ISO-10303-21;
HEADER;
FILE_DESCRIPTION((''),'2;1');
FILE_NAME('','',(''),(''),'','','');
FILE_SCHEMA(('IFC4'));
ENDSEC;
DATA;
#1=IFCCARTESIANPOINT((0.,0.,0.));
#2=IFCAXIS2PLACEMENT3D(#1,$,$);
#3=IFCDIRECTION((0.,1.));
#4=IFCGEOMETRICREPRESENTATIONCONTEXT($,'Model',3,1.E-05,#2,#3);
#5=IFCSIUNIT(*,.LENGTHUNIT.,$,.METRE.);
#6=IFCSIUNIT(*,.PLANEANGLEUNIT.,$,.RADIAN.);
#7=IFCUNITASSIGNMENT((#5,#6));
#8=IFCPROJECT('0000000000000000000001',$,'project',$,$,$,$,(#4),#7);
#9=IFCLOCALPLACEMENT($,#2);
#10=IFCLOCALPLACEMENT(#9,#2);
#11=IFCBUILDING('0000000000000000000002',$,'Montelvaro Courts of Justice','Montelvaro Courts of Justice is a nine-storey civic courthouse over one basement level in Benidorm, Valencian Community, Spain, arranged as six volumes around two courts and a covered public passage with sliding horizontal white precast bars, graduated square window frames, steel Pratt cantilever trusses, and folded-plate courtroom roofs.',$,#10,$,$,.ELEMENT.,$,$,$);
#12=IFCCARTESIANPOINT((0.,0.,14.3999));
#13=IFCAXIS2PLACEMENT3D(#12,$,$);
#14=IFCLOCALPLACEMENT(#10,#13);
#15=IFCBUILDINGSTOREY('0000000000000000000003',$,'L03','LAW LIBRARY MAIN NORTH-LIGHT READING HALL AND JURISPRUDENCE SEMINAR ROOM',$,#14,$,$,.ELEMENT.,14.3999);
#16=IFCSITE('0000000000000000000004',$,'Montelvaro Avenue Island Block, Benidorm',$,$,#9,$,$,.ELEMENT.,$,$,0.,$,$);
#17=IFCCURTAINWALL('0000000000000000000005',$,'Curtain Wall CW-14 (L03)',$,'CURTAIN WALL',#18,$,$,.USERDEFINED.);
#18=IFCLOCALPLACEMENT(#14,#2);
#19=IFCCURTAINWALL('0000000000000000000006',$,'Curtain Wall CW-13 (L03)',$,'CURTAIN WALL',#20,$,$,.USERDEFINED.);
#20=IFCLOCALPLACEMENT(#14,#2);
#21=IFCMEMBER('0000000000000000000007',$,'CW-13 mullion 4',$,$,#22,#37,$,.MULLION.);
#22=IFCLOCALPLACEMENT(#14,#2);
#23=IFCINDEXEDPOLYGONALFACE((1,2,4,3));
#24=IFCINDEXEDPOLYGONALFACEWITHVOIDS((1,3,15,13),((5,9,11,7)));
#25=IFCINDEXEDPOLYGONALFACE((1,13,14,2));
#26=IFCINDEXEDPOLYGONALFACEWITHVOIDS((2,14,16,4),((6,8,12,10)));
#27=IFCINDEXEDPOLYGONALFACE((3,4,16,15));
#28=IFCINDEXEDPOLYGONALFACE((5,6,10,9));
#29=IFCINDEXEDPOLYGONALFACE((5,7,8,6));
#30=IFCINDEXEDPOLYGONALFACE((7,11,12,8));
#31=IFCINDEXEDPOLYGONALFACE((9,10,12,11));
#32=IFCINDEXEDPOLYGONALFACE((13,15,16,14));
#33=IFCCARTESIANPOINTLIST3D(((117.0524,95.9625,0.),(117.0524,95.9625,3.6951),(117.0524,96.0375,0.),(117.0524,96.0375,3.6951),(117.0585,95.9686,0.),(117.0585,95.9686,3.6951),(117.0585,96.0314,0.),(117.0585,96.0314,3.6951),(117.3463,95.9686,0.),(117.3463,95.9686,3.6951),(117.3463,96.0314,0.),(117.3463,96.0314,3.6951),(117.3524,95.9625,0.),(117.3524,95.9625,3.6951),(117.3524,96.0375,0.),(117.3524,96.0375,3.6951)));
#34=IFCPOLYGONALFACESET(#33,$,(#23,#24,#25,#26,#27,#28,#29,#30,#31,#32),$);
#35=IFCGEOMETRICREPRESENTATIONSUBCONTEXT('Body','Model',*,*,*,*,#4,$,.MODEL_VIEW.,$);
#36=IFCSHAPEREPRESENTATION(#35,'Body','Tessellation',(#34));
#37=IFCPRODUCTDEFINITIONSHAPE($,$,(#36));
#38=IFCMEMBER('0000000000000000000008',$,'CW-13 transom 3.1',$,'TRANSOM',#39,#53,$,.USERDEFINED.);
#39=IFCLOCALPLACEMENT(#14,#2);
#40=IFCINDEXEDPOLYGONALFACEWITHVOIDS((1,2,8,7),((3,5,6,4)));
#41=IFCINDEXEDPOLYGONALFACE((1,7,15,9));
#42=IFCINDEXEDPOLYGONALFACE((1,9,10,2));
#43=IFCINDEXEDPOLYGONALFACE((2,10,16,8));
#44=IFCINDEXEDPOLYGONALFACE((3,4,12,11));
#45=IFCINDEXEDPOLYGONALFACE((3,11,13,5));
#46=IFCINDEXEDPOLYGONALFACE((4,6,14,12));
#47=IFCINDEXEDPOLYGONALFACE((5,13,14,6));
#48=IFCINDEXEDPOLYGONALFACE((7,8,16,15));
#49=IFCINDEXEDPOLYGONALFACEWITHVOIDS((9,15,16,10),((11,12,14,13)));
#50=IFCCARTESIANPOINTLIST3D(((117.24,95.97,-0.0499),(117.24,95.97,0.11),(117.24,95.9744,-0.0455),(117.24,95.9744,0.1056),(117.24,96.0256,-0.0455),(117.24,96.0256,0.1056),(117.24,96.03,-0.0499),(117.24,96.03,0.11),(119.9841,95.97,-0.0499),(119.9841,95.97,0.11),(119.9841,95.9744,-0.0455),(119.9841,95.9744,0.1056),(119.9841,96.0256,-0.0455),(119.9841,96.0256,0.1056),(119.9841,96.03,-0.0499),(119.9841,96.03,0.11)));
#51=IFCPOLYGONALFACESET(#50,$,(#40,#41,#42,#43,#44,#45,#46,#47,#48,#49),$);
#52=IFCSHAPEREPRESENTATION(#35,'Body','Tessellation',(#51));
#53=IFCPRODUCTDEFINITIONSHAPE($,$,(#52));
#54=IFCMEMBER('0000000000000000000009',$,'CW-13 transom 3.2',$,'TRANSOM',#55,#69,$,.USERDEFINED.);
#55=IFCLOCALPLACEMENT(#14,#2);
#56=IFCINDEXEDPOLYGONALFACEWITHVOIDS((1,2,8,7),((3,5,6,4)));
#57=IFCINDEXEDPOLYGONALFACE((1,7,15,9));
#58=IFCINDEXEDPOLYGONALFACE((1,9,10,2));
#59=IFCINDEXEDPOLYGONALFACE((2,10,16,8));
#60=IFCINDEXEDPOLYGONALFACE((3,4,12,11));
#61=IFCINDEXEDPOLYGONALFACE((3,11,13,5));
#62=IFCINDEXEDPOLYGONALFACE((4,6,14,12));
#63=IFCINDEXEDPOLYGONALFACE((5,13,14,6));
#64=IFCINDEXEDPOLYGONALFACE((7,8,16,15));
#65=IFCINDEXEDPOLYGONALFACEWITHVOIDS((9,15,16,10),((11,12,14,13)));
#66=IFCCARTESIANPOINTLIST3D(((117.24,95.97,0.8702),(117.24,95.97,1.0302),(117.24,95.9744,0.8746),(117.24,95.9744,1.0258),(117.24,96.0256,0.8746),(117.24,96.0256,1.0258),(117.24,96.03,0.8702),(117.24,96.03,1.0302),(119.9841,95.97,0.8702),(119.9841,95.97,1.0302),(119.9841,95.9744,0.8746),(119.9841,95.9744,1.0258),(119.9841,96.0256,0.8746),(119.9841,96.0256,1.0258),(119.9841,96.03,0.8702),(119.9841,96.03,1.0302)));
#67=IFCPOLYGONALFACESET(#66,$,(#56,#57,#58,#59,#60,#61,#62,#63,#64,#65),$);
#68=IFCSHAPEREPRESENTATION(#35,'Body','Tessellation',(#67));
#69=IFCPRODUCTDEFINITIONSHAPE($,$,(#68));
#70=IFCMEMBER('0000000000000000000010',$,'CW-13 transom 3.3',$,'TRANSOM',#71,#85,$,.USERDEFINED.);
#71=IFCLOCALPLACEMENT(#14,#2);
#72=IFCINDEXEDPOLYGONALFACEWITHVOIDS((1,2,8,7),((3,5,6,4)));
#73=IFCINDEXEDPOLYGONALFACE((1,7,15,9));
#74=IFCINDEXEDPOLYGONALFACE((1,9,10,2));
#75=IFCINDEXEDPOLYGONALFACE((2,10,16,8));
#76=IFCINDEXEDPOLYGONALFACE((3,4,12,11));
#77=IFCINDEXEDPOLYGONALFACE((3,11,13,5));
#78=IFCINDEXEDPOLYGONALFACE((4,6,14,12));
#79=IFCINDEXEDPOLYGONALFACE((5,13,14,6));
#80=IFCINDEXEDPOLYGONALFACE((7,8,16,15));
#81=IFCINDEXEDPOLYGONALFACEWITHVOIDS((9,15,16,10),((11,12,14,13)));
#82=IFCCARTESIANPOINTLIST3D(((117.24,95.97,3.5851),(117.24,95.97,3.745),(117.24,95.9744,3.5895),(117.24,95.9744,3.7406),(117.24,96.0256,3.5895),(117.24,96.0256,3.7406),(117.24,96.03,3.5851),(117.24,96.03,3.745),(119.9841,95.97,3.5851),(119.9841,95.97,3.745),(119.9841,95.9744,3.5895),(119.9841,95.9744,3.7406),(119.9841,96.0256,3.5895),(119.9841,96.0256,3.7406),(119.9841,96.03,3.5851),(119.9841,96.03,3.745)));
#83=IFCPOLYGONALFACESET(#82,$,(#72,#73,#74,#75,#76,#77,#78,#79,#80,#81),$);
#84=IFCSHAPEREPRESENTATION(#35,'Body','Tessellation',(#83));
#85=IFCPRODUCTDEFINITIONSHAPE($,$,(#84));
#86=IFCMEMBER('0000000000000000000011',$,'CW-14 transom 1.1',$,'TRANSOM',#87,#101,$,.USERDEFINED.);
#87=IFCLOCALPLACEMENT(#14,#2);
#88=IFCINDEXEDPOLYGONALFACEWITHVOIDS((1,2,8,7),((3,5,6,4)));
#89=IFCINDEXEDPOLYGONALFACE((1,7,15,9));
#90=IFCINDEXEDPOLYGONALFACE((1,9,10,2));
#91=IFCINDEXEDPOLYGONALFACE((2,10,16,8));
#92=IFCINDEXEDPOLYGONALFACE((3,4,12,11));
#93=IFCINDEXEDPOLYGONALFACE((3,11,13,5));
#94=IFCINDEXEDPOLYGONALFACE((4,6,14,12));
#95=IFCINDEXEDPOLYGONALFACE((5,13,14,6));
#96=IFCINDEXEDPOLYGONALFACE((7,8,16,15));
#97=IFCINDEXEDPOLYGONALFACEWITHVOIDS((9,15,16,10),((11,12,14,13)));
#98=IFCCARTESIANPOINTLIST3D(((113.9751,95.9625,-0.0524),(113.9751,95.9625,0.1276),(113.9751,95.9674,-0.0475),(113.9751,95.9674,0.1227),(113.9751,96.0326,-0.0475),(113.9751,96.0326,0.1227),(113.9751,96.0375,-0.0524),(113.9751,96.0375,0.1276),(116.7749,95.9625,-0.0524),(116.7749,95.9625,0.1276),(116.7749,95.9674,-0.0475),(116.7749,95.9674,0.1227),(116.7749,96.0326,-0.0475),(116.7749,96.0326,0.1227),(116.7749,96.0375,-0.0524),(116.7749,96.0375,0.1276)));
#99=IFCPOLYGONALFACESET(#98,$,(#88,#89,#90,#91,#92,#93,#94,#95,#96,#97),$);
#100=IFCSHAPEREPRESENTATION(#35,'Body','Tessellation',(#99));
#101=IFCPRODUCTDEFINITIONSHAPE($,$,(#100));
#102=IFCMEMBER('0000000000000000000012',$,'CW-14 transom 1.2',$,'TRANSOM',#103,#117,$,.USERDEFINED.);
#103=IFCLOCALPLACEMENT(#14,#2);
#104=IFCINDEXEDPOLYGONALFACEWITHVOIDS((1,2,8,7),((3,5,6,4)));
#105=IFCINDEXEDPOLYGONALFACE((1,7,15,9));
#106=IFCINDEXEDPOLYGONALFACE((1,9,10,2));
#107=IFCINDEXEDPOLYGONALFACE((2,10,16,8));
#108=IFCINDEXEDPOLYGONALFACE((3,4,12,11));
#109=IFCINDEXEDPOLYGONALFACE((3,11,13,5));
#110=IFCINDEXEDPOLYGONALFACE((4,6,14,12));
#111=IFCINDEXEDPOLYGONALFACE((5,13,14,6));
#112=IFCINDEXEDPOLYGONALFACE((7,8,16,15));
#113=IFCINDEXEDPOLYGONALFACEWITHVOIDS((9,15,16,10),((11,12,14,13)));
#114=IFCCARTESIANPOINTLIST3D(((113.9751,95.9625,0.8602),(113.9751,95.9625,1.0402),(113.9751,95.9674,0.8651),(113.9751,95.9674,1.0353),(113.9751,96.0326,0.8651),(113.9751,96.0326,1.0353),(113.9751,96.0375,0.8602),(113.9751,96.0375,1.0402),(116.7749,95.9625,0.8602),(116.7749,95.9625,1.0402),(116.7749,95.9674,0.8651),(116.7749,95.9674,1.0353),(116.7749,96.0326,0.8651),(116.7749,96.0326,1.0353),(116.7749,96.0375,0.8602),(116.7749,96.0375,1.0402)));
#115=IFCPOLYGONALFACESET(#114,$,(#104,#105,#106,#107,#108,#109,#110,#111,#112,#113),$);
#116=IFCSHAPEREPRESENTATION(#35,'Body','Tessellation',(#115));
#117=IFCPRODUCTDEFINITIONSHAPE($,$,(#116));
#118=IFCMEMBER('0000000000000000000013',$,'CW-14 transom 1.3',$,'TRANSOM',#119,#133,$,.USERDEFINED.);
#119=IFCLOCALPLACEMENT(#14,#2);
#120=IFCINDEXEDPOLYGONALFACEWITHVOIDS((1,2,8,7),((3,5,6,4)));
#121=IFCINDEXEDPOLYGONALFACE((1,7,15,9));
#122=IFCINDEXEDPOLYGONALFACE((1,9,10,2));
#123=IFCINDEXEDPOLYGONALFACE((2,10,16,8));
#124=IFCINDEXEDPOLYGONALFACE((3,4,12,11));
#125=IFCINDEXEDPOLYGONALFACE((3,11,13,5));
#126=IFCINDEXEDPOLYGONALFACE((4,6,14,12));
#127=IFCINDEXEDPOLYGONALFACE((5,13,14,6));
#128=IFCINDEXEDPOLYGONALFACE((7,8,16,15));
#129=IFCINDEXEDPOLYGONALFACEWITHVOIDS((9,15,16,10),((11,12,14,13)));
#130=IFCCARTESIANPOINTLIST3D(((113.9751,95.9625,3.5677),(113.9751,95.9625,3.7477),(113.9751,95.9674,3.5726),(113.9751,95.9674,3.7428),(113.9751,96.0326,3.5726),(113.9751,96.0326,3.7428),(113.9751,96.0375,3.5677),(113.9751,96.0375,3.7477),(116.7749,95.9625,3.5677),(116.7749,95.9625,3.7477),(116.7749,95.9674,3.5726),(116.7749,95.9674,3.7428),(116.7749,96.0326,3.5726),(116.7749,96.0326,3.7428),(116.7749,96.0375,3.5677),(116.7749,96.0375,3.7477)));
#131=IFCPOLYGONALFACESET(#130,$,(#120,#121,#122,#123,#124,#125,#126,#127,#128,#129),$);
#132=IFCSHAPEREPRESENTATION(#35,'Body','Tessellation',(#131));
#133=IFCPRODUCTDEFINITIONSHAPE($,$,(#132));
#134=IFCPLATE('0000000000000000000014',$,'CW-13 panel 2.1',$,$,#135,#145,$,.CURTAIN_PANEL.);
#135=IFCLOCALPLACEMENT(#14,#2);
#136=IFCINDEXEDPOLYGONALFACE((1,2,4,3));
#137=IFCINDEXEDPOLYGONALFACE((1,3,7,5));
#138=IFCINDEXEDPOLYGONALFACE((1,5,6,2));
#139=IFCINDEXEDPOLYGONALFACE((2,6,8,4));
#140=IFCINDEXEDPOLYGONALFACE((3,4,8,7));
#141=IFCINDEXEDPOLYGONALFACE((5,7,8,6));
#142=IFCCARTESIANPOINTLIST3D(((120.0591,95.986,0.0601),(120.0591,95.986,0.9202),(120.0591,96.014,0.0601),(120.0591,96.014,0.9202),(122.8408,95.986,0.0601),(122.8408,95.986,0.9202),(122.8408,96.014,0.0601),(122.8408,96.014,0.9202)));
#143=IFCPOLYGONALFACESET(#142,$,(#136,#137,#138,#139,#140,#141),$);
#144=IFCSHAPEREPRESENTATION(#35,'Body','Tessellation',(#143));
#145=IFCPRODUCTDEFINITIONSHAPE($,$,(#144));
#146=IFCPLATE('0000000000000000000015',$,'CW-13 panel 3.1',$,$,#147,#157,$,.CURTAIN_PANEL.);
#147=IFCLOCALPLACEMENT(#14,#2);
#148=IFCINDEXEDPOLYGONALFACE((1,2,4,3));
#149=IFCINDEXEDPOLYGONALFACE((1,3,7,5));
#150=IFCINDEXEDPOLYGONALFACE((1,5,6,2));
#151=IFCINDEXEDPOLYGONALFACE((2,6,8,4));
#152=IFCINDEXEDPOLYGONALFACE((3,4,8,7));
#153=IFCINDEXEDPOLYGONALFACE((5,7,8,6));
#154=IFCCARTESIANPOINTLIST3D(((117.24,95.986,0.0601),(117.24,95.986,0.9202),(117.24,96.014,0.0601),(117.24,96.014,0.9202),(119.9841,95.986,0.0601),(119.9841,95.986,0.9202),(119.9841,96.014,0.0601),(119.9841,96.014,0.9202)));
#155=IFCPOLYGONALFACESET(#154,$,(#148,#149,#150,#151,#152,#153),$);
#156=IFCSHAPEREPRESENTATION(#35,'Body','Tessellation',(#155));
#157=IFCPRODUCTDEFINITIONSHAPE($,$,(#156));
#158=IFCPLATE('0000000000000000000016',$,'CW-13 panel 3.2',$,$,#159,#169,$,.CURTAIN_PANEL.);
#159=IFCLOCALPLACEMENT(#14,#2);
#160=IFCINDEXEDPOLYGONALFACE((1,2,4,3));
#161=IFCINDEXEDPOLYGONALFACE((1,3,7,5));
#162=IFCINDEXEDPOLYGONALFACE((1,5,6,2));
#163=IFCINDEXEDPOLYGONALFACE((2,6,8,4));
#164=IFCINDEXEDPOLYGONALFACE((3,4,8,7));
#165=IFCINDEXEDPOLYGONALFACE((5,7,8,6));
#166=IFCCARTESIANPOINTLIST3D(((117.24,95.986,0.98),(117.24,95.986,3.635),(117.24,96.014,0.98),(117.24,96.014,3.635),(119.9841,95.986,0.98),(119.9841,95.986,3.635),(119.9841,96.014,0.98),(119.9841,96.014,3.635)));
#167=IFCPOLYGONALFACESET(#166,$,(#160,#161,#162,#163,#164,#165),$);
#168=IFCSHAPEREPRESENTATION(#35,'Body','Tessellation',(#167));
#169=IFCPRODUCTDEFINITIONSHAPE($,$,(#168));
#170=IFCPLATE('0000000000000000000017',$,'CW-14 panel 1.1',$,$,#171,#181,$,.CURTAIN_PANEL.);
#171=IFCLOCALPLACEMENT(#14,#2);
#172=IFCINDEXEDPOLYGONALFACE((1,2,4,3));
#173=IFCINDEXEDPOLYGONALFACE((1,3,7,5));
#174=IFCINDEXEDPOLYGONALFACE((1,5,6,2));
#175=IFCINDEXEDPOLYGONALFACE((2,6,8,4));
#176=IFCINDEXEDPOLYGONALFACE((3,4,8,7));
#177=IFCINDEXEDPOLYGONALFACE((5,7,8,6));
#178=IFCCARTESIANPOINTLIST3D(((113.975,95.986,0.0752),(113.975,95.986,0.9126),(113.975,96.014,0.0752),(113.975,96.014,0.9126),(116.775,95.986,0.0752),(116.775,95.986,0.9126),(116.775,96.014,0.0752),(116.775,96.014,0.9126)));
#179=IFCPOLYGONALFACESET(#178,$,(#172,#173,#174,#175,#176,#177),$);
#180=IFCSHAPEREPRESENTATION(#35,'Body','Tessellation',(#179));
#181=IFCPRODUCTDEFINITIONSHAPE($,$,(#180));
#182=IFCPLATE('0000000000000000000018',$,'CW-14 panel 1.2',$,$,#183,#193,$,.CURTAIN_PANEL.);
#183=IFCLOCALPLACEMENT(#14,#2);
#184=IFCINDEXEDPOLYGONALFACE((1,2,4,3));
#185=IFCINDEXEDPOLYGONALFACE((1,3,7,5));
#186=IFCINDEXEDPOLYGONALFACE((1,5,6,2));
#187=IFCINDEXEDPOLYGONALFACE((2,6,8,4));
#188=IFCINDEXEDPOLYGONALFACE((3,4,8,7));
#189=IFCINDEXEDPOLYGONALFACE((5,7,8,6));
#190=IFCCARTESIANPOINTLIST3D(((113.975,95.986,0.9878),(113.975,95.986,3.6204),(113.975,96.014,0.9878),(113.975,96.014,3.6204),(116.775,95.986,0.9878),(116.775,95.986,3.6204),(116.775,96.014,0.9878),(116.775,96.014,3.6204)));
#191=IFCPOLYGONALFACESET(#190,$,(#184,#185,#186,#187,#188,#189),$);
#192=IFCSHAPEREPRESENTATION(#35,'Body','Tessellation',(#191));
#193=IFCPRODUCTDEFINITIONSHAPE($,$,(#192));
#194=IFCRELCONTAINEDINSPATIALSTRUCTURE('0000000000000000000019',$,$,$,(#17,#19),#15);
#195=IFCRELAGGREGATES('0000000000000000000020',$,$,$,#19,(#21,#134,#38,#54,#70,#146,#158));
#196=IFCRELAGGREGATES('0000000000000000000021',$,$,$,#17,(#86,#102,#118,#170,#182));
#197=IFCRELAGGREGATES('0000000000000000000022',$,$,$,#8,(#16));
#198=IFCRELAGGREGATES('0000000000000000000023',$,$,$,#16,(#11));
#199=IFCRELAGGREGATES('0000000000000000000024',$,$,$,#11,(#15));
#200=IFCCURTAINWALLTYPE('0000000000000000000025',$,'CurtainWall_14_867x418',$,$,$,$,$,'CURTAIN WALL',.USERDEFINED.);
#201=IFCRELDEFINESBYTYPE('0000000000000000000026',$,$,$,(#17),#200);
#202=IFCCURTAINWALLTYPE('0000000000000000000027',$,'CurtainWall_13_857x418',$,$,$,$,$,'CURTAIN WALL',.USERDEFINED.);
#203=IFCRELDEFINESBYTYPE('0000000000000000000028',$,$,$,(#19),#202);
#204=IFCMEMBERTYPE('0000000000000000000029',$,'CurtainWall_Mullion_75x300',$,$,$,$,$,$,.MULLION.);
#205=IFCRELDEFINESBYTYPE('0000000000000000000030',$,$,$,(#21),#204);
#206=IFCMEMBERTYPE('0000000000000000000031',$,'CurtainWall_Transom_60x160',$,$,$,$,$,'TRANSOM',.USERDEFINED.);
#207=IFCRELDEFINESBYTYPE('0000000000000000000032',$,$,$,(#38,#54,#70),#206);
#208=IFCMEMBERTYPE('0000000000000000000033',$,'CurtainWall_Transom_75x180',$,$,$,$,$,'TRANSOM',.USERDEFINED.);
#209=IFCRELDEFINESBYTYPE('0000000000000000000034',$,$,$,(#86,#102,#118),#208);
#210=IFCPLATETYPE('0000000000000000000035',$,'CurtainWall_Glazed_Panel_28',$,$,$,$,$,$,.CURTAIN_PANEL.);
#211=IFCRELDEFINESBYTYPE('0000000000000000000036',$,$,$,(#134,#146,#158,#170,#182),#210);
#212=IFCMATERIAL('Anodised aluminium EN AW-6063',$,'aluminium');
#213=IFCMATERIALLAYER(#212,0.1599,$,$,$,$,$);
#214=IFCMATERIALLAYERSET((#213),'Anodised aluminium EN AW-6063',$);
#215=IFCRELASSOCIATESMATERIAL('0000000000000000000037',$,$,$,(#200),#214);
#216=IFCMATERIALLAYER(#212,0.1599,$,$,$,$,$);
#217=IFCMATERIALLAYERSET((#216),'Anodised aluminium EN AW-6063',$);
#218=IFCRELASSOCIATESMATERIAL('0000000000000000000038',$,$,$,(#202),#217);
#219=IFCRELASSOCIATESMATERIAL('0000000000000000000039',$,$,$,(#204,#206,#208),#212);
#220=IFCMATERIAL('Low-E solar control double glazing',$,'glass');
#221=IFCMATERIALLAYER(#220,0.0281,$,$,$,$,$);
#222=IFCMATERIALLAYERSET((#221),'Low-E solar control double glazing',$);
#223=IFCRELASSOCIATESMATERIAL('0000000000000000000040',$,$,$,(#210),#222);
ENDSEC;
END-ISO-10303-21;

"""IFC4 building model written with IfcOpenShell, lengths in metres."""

from ifc_helpers import new_model, si_unit, direction, frame, origin, origin_2d, place, context, subcontext, project, spatial, rectangle, hollow_rectangle, extrude, material, layer, layer_set, material_profile, profile_set, type_object, element, aggregate, save


model = new_model("IFC4")

# Units and contexts
model_context = context("Model", 3, precision=1e-05, world=origin(), true_north=direction((0.0, 1.0)))
body_context = subcontext(model_context, "Body", "Model", "MODEL_VIEW")
ifc_project = project(units=[si_unit("LENGTHUNIT", "METRE"), si_unit("PLANEANGLEUNIT", "RADIAN")], contexts=[model_context])

# Site, building, storey
site_placement = place(None, origin())
site = spatial("IfcSite", under=ifc_project, at=site_placement, Name="Montelvaro Avenue Island Block, Benidorm", CompositionType="ELEMENT", RefElevation=0.0)
building_placement = place(site_placement, origin())
building = spatial("IfcBuilding", under=site, at=building_placement, Name="Montelvaro Courts of Justice", Description="Montelvaro Courts of Justice is a nine-storey civic courthouse over one basement level in Benidorm, Valencian Community, Spain, arranged as six volumes around two courts and a covered public passage with sliding horizontal white precast bars, graduated square window frames, steel Pratt cantilever trusses, and folded-plate courtroom roofs.", CompositionType="ELEMENT")
storey_placement = place(building_placement, frame((0.0, 0.0, 14.3999)))
storey = spatial("IfcBuildingStorey", under=building, at=storey_placement, Name="L03", Description="LAW LIBRARY MAIN NORTH-LIGHT READING HALL AND JURISPRUDENCE SEMINAR ROOM", CompositionType="ELEMENT", Elevation=14.3999)

# Curtain wall
ifc_material_1 = material(Name="Anodised aluminium EN AW-6063", Category="aluminium")
ifc_layer_1 = layer(ifc_material_1, 0.1599)
ifc_layer_set_1 = layer_set([ifc_layer_1], Name="Anodised aluminium EN AW-6063")
curtain_wall_type_1 = type_object("IfcCurtainWallType", Name="CurtainWall_14_867x418", ElementType="CURTAIN WALL", PredefinedType="USERDEFINED", material=ifc_layer_set_1)
curtain_wall_1_placement = place(storey_placement, origin())
curtain_wall_1 = element("IfcCurtainWall", 1, at=curtain_wall_1_placement, inside=storey, type_object=curtain_wall_type_1, Name="Curtain Wall CW-14 (L03)", ObjectType="CURTAIN WALL", PredefinedType="USERDEFINED")

# Curtain wall, members
ifc_layer_2 = layer(ifc_material_1, 0.1599)
ifc_layer_set_2 = layer_set([ifc_layer_2], Name="Anodised aluminium EN AW-6063")
curtain_wall_type_2 = type_object("IfcCurtainWallType", Name="CurtainWall_13_857x418", ElementType="CURTAIN WALL", PredefinedType="USERDEFINED", material=ifc_layer_set_2)
curtain_wall_2_placement = place(storey_placement, origin())
curtain_wall_2 = element("IfcCurtainWall", 2, at=curtain_wall_2_placement, inside=storey, type_object=curtain_wall_type_2, Name="Curtain Wall CW-13 (L03)", ObjectType="CURTAIN WALL", PredefinedType="USERDEFINED")
ifc_material_profile_1 = material_profile(ifc_material_1, hollow_rectangle(XDim=0.075, YDim=0.3, WallThickness=0.0061, at=origin_2d()), Name="ALU-M 75x300")
ifc_profile_set_1 = profile_set([ifc_material_profile_1], Name="Anodised aluminium EN AW-6063")
member_type_1 = type_object("IfcMemberType", Name="CurtainWall_Mullion_75x300", PredefinedType="MULLION", material=ifc_profile_set_1)
member_1_placement = place(storey_placement, frame((117.2024, 96.0, 0.0), z_axis=(0.0, 0.0, 1.0), x_axis=(0.0, -1.0, 0.0)))
member_1 = element("IfcMember", 3, at=member_1_placement, type_object=member_type_1, Name="CW-13 mullion 4", PredefinedType="MULLION", context=body_context, shape_type="SweptSolid", body=[
    extrude(hollow_rectangle(XDim=0.075, YDim=0.3, WallThickness=0.0061, at=origin_2d()), origin(), (0.0, 0.0, 1.0), 3.6951),
])
ifc_material_profile_2 = material_profile(ifc_material_1, hollow_rectangle(XDim=0.0601, YDim=0.1599, WallThickness=0.0044, at=origin_2d()), Name="ALU-T 60x160")
ifc_profile_set_2 = profile_set([ifc_material_profile_2], Name="Anodised aluminium EN AW-6063")
member_type_2 = type_object("IfcMemberType", Name="CurtainWall_Transom_60x160", ElementType="TRANSOM", PredefinedType="USERDEFINED", material=ifc_profile_set_2)
member_2_placement = place(storey_placement, frame((119.9841, 96.0, 0.03), z_axis=(-1.0, 0.0, 0.0), x_axis=(0.0, -1.0, 0.0)))
member_2 = element("IfcMember", 4, at=member_2_placement, type_object=member_type_2, Name="CW-13 transom 3.1", ObjectType="TRANSOM", PredefinedType="USERDEFINED", context=body_context, shape_type="SweptSolid", body=[
    extrude(hollow_rectangle(XDim=0.0601, YDim=0.1599, WallThickness=0.0044, at=origin_2d()), origin(), (0.0, 0.0, 1.0), 2.7441),
])
member_3_placement = place(storey_placement, frame((119.9841, 96.0, 0.9502), z_axis=(-1.0, 0.0, 0.0), x_axis=(0.0, -1.0, 0.0)))
member_3 = element("IfcMember", 5, at=member_3_placement, type_object=member_type_2, Name="CW-13 transom 3.2", ObjectType="TRANSOM", PredefinedType="USERDEFINED", context=body_context, shape_type="SweptSolid", body=[
    extrude(hollow_rectangle(XDim=0.0601, YDim=0.1599, WallThickness=0.0044, at=origin_2d()), origin(), (0.0, 0.0, 1.0), 2.7441),
])
member_4_placement = place(storey_placement, frame((119.9841, 96.0, 3.665), z_axis=(-1.0, 0.0, 0.0), x_axis=(0.0, -1.0, 0.0)))
member_4 = element("IfcMember", 6, at=member_4_placement, type_object=member_type_2, Name="CW-13 transom 3.3", ObjectType="TRANSOM", PredefinedType="USERDEFINED", context=body_context, shape_type="SweptSolid", body=[
    extrude(hollow_rectangle(XDim=0.0601, YDim=0.1599, WallThickness=0.0044, at=origin_2d()), origin(), (0.0, 0.0, 1.0), 2.7441),
])

# Members
ifc_material_profile_3 = material_profile(ifc_material_1, hollow_rectangle(XDim=0.075, YDim=0.1799, WallThickness=0.0049, at=origin_2d()), Name="ALU-T 75x180")
ifc_profile_set_3 = profile_set([ifc_material_profile_3], Name="Anodised aluminium EN AW-6063")
member_type_3 = type_object("IfcMemberType", Name="CurtainWall_Transom_75x180", ElementType="TRANSOM", PredefinedType="USERDEFINED", material=ifc_profile_set_3)
member_5_placement = place(storey_placement, frame((116.7749, 96.0, 0.0376), z_axis=(-1.0, 0.0, 0.0), x_axis=(0.0, -1.0, 0.0)))
member_5 = element("IfcMember", 7, at=member_5_placement, type_object=member_type_3, Name="CW-14 transom 1.1", ObjectType="TRANSOM", PredefinedType="USERDEFINED", context=body_context, shape_type="SweptSolid", body=[
    extrude(hollow_rectangle(XDim=0.075, YDim=0.1799, WallThickness=0.0049, at=origin_2d()), origin(), (0.0, 0.0, 1.0), 2.7998),
])
member_6_placement = place(storey_placement, frame((116.7749, 96.0, 0.9502), z_axis=(-1.0, 0.0, 0.0), x_axis=(0.0, -1.0, 0.0)))
member_6 = element("IfcMember", 8, at=member_6_placement, type_object=member_type_3, Name="CW-14 transom 1.2", ObjectType="TRANSOM", PredefinedType="USERDEFINED", context=body_context, shape_type="SweptSolid", body=[
    extrude(hollow_rectangle(XDim=0.075, YDim=0.1799, WallThickness=0.0049, at=origin_2d()), origin(), (0.0, 0.0, 1.0), 2.7998),
])
member_7_placement = place(storey_placement, frame((116.7749, 96.0, 3.6577), z_axis=(-1.0, 0.0, 0.0), x_axis=(0.0, -1.0, 0.0)))
member_7 = element("IfcMember", 9, at=member_7_placement, type_object=member_type_3, Name="CW-14 transom 1.3", ObjectType="TRANSOM", PredefinedType="USERDEFINED", context=body_context, shape_type="SweptSolid", body=[
    extrude(hollow_rectangle(XDim=0.075, YDim=0.1799, WallThickness=0.0049, at=origin_2d()), origin(), (0.0, 0.0, 1.0), 2.7998),
])

# Plates
ifc_material_2 = material(Name="Low-E solar control double glazing", Category="glass")
ifc_layer_3 = layer(ifc_material_2, 0.0281)
ifc_layer_set_3 = layer_set([ifc_layer_3], Name="Low-E solar control double glazing")
plate_type = type_object("IfcPlateType", Name="CurtainWall_Glazed_Panel_28", PredefinedType="CURTAIN_PANEL", material=ifc_layer_set_3)
plate_1_placement = place(storey_placement, frame((121.45, 96.0, 0.0601), z_axis=(0.0, 0.0, 1.0), x_axis=(-1.0, 0.0, 0.0)))
plate_1 = element("IfcPlate", 10, at=plate_1_placement, type_object=plate_type, Name="CW-13 panel 2.1", PredefinedType="CURTAIN_PANEL", context=body_context, shape_type="SweptSolid", body=[
    extrude(rectangle(XDim=2.7817, YDim=0.0281, at=origin_2d()), origin(), (0.0, 0.0, 1.0), 0.8601),
])
plate_2_placement = place(storey_placement, frame((118.6121, 96.0, 0.0601), z_axis=(0.0, 0.0, 1.0), x_axis=(-1.0, 0.0, 0.0)))
plate_2 = element("IfcPlate", 11, at=plate_2_placement, type_object=plate_type, Name="CW-13 panel 3.1", PredefinedType="CURTAIN_PANEL", context=body_context, shape_type="SweptSolid", body=[
    extrude(rectangle(XDim=2.7441, YDim=0.0281, at=origin_2d()), origin(), (0.0, 0.0, 1.0), 0.8601),
])
plate_3_placement = place(storey_placement, frame((118.6121, 96.0, 0.98), z_axis=(0.0, 0.0, 1.0), x_axis=(-1.0, 0.0, 0.0)))
plate_3 = element("IfcPlate", 12, at=plate_3_placement, type_object=plate_type, Name="CW-13 panel 3.2", PredefinedType="CURTAIN_PANEL", context=body_context, shape_type="SweptSolid", body=[
    extrude(rectangle(XDim=2.7441, YDim=0.0281, at=origin_2d()), origin(), (0.0, 0.0, 1.0), 2.655),
])
aggregate(curtain_wall_2, [member_1, plate_1, member_2, member_3, member_4, plate_2, plate_3])
plate_4_placement = place(storey_placement, frame((115.375, 96.0, 0.0752), z_axis=(0.0, 0.0, 1.0), x_axis=(-1.0, 0.0, 0.0)))
plate_4 = element("IfcPlate", 13, at=plate_4_placement, type_object=plate_type, Name="CW-14 panel 1.1", PredefinedType="CURTAIN_PANEL", context=body_context, shape_type="SweptSolid", body=[
    extrude(rectangle(XDim=2.8, YDim=0.0281, at=origin_2d()), origin(), (0.0, 0.0, 1.0), 0.8374),
])
plate_5_placement = place(storey_placement, frame((115.375, 96.0, 0.9878), z_axis=(0.0, 0.0, 1.0), x_axis=(-1.0, 0.0, 0.0)))
plate_5 = element("IfcPlate", 14, at=plate_5_placement, type_object=plate_type, Name="CW-14 panel 1.2", PredefinedType="CURTAIN_PANEL", context=body_context, shape_type="SweptSolid", body=[
    extrude(rectangle(XDim=2.8, YDim=0.0281, at=origin_2d()), origin(), (0.0, 0.0, 1.0), 2.6326),
])
aggregate(curtain_wall_1, [member_5, member_6, member_7, plate_4, plate_5])

save(model, "model.ifc")
